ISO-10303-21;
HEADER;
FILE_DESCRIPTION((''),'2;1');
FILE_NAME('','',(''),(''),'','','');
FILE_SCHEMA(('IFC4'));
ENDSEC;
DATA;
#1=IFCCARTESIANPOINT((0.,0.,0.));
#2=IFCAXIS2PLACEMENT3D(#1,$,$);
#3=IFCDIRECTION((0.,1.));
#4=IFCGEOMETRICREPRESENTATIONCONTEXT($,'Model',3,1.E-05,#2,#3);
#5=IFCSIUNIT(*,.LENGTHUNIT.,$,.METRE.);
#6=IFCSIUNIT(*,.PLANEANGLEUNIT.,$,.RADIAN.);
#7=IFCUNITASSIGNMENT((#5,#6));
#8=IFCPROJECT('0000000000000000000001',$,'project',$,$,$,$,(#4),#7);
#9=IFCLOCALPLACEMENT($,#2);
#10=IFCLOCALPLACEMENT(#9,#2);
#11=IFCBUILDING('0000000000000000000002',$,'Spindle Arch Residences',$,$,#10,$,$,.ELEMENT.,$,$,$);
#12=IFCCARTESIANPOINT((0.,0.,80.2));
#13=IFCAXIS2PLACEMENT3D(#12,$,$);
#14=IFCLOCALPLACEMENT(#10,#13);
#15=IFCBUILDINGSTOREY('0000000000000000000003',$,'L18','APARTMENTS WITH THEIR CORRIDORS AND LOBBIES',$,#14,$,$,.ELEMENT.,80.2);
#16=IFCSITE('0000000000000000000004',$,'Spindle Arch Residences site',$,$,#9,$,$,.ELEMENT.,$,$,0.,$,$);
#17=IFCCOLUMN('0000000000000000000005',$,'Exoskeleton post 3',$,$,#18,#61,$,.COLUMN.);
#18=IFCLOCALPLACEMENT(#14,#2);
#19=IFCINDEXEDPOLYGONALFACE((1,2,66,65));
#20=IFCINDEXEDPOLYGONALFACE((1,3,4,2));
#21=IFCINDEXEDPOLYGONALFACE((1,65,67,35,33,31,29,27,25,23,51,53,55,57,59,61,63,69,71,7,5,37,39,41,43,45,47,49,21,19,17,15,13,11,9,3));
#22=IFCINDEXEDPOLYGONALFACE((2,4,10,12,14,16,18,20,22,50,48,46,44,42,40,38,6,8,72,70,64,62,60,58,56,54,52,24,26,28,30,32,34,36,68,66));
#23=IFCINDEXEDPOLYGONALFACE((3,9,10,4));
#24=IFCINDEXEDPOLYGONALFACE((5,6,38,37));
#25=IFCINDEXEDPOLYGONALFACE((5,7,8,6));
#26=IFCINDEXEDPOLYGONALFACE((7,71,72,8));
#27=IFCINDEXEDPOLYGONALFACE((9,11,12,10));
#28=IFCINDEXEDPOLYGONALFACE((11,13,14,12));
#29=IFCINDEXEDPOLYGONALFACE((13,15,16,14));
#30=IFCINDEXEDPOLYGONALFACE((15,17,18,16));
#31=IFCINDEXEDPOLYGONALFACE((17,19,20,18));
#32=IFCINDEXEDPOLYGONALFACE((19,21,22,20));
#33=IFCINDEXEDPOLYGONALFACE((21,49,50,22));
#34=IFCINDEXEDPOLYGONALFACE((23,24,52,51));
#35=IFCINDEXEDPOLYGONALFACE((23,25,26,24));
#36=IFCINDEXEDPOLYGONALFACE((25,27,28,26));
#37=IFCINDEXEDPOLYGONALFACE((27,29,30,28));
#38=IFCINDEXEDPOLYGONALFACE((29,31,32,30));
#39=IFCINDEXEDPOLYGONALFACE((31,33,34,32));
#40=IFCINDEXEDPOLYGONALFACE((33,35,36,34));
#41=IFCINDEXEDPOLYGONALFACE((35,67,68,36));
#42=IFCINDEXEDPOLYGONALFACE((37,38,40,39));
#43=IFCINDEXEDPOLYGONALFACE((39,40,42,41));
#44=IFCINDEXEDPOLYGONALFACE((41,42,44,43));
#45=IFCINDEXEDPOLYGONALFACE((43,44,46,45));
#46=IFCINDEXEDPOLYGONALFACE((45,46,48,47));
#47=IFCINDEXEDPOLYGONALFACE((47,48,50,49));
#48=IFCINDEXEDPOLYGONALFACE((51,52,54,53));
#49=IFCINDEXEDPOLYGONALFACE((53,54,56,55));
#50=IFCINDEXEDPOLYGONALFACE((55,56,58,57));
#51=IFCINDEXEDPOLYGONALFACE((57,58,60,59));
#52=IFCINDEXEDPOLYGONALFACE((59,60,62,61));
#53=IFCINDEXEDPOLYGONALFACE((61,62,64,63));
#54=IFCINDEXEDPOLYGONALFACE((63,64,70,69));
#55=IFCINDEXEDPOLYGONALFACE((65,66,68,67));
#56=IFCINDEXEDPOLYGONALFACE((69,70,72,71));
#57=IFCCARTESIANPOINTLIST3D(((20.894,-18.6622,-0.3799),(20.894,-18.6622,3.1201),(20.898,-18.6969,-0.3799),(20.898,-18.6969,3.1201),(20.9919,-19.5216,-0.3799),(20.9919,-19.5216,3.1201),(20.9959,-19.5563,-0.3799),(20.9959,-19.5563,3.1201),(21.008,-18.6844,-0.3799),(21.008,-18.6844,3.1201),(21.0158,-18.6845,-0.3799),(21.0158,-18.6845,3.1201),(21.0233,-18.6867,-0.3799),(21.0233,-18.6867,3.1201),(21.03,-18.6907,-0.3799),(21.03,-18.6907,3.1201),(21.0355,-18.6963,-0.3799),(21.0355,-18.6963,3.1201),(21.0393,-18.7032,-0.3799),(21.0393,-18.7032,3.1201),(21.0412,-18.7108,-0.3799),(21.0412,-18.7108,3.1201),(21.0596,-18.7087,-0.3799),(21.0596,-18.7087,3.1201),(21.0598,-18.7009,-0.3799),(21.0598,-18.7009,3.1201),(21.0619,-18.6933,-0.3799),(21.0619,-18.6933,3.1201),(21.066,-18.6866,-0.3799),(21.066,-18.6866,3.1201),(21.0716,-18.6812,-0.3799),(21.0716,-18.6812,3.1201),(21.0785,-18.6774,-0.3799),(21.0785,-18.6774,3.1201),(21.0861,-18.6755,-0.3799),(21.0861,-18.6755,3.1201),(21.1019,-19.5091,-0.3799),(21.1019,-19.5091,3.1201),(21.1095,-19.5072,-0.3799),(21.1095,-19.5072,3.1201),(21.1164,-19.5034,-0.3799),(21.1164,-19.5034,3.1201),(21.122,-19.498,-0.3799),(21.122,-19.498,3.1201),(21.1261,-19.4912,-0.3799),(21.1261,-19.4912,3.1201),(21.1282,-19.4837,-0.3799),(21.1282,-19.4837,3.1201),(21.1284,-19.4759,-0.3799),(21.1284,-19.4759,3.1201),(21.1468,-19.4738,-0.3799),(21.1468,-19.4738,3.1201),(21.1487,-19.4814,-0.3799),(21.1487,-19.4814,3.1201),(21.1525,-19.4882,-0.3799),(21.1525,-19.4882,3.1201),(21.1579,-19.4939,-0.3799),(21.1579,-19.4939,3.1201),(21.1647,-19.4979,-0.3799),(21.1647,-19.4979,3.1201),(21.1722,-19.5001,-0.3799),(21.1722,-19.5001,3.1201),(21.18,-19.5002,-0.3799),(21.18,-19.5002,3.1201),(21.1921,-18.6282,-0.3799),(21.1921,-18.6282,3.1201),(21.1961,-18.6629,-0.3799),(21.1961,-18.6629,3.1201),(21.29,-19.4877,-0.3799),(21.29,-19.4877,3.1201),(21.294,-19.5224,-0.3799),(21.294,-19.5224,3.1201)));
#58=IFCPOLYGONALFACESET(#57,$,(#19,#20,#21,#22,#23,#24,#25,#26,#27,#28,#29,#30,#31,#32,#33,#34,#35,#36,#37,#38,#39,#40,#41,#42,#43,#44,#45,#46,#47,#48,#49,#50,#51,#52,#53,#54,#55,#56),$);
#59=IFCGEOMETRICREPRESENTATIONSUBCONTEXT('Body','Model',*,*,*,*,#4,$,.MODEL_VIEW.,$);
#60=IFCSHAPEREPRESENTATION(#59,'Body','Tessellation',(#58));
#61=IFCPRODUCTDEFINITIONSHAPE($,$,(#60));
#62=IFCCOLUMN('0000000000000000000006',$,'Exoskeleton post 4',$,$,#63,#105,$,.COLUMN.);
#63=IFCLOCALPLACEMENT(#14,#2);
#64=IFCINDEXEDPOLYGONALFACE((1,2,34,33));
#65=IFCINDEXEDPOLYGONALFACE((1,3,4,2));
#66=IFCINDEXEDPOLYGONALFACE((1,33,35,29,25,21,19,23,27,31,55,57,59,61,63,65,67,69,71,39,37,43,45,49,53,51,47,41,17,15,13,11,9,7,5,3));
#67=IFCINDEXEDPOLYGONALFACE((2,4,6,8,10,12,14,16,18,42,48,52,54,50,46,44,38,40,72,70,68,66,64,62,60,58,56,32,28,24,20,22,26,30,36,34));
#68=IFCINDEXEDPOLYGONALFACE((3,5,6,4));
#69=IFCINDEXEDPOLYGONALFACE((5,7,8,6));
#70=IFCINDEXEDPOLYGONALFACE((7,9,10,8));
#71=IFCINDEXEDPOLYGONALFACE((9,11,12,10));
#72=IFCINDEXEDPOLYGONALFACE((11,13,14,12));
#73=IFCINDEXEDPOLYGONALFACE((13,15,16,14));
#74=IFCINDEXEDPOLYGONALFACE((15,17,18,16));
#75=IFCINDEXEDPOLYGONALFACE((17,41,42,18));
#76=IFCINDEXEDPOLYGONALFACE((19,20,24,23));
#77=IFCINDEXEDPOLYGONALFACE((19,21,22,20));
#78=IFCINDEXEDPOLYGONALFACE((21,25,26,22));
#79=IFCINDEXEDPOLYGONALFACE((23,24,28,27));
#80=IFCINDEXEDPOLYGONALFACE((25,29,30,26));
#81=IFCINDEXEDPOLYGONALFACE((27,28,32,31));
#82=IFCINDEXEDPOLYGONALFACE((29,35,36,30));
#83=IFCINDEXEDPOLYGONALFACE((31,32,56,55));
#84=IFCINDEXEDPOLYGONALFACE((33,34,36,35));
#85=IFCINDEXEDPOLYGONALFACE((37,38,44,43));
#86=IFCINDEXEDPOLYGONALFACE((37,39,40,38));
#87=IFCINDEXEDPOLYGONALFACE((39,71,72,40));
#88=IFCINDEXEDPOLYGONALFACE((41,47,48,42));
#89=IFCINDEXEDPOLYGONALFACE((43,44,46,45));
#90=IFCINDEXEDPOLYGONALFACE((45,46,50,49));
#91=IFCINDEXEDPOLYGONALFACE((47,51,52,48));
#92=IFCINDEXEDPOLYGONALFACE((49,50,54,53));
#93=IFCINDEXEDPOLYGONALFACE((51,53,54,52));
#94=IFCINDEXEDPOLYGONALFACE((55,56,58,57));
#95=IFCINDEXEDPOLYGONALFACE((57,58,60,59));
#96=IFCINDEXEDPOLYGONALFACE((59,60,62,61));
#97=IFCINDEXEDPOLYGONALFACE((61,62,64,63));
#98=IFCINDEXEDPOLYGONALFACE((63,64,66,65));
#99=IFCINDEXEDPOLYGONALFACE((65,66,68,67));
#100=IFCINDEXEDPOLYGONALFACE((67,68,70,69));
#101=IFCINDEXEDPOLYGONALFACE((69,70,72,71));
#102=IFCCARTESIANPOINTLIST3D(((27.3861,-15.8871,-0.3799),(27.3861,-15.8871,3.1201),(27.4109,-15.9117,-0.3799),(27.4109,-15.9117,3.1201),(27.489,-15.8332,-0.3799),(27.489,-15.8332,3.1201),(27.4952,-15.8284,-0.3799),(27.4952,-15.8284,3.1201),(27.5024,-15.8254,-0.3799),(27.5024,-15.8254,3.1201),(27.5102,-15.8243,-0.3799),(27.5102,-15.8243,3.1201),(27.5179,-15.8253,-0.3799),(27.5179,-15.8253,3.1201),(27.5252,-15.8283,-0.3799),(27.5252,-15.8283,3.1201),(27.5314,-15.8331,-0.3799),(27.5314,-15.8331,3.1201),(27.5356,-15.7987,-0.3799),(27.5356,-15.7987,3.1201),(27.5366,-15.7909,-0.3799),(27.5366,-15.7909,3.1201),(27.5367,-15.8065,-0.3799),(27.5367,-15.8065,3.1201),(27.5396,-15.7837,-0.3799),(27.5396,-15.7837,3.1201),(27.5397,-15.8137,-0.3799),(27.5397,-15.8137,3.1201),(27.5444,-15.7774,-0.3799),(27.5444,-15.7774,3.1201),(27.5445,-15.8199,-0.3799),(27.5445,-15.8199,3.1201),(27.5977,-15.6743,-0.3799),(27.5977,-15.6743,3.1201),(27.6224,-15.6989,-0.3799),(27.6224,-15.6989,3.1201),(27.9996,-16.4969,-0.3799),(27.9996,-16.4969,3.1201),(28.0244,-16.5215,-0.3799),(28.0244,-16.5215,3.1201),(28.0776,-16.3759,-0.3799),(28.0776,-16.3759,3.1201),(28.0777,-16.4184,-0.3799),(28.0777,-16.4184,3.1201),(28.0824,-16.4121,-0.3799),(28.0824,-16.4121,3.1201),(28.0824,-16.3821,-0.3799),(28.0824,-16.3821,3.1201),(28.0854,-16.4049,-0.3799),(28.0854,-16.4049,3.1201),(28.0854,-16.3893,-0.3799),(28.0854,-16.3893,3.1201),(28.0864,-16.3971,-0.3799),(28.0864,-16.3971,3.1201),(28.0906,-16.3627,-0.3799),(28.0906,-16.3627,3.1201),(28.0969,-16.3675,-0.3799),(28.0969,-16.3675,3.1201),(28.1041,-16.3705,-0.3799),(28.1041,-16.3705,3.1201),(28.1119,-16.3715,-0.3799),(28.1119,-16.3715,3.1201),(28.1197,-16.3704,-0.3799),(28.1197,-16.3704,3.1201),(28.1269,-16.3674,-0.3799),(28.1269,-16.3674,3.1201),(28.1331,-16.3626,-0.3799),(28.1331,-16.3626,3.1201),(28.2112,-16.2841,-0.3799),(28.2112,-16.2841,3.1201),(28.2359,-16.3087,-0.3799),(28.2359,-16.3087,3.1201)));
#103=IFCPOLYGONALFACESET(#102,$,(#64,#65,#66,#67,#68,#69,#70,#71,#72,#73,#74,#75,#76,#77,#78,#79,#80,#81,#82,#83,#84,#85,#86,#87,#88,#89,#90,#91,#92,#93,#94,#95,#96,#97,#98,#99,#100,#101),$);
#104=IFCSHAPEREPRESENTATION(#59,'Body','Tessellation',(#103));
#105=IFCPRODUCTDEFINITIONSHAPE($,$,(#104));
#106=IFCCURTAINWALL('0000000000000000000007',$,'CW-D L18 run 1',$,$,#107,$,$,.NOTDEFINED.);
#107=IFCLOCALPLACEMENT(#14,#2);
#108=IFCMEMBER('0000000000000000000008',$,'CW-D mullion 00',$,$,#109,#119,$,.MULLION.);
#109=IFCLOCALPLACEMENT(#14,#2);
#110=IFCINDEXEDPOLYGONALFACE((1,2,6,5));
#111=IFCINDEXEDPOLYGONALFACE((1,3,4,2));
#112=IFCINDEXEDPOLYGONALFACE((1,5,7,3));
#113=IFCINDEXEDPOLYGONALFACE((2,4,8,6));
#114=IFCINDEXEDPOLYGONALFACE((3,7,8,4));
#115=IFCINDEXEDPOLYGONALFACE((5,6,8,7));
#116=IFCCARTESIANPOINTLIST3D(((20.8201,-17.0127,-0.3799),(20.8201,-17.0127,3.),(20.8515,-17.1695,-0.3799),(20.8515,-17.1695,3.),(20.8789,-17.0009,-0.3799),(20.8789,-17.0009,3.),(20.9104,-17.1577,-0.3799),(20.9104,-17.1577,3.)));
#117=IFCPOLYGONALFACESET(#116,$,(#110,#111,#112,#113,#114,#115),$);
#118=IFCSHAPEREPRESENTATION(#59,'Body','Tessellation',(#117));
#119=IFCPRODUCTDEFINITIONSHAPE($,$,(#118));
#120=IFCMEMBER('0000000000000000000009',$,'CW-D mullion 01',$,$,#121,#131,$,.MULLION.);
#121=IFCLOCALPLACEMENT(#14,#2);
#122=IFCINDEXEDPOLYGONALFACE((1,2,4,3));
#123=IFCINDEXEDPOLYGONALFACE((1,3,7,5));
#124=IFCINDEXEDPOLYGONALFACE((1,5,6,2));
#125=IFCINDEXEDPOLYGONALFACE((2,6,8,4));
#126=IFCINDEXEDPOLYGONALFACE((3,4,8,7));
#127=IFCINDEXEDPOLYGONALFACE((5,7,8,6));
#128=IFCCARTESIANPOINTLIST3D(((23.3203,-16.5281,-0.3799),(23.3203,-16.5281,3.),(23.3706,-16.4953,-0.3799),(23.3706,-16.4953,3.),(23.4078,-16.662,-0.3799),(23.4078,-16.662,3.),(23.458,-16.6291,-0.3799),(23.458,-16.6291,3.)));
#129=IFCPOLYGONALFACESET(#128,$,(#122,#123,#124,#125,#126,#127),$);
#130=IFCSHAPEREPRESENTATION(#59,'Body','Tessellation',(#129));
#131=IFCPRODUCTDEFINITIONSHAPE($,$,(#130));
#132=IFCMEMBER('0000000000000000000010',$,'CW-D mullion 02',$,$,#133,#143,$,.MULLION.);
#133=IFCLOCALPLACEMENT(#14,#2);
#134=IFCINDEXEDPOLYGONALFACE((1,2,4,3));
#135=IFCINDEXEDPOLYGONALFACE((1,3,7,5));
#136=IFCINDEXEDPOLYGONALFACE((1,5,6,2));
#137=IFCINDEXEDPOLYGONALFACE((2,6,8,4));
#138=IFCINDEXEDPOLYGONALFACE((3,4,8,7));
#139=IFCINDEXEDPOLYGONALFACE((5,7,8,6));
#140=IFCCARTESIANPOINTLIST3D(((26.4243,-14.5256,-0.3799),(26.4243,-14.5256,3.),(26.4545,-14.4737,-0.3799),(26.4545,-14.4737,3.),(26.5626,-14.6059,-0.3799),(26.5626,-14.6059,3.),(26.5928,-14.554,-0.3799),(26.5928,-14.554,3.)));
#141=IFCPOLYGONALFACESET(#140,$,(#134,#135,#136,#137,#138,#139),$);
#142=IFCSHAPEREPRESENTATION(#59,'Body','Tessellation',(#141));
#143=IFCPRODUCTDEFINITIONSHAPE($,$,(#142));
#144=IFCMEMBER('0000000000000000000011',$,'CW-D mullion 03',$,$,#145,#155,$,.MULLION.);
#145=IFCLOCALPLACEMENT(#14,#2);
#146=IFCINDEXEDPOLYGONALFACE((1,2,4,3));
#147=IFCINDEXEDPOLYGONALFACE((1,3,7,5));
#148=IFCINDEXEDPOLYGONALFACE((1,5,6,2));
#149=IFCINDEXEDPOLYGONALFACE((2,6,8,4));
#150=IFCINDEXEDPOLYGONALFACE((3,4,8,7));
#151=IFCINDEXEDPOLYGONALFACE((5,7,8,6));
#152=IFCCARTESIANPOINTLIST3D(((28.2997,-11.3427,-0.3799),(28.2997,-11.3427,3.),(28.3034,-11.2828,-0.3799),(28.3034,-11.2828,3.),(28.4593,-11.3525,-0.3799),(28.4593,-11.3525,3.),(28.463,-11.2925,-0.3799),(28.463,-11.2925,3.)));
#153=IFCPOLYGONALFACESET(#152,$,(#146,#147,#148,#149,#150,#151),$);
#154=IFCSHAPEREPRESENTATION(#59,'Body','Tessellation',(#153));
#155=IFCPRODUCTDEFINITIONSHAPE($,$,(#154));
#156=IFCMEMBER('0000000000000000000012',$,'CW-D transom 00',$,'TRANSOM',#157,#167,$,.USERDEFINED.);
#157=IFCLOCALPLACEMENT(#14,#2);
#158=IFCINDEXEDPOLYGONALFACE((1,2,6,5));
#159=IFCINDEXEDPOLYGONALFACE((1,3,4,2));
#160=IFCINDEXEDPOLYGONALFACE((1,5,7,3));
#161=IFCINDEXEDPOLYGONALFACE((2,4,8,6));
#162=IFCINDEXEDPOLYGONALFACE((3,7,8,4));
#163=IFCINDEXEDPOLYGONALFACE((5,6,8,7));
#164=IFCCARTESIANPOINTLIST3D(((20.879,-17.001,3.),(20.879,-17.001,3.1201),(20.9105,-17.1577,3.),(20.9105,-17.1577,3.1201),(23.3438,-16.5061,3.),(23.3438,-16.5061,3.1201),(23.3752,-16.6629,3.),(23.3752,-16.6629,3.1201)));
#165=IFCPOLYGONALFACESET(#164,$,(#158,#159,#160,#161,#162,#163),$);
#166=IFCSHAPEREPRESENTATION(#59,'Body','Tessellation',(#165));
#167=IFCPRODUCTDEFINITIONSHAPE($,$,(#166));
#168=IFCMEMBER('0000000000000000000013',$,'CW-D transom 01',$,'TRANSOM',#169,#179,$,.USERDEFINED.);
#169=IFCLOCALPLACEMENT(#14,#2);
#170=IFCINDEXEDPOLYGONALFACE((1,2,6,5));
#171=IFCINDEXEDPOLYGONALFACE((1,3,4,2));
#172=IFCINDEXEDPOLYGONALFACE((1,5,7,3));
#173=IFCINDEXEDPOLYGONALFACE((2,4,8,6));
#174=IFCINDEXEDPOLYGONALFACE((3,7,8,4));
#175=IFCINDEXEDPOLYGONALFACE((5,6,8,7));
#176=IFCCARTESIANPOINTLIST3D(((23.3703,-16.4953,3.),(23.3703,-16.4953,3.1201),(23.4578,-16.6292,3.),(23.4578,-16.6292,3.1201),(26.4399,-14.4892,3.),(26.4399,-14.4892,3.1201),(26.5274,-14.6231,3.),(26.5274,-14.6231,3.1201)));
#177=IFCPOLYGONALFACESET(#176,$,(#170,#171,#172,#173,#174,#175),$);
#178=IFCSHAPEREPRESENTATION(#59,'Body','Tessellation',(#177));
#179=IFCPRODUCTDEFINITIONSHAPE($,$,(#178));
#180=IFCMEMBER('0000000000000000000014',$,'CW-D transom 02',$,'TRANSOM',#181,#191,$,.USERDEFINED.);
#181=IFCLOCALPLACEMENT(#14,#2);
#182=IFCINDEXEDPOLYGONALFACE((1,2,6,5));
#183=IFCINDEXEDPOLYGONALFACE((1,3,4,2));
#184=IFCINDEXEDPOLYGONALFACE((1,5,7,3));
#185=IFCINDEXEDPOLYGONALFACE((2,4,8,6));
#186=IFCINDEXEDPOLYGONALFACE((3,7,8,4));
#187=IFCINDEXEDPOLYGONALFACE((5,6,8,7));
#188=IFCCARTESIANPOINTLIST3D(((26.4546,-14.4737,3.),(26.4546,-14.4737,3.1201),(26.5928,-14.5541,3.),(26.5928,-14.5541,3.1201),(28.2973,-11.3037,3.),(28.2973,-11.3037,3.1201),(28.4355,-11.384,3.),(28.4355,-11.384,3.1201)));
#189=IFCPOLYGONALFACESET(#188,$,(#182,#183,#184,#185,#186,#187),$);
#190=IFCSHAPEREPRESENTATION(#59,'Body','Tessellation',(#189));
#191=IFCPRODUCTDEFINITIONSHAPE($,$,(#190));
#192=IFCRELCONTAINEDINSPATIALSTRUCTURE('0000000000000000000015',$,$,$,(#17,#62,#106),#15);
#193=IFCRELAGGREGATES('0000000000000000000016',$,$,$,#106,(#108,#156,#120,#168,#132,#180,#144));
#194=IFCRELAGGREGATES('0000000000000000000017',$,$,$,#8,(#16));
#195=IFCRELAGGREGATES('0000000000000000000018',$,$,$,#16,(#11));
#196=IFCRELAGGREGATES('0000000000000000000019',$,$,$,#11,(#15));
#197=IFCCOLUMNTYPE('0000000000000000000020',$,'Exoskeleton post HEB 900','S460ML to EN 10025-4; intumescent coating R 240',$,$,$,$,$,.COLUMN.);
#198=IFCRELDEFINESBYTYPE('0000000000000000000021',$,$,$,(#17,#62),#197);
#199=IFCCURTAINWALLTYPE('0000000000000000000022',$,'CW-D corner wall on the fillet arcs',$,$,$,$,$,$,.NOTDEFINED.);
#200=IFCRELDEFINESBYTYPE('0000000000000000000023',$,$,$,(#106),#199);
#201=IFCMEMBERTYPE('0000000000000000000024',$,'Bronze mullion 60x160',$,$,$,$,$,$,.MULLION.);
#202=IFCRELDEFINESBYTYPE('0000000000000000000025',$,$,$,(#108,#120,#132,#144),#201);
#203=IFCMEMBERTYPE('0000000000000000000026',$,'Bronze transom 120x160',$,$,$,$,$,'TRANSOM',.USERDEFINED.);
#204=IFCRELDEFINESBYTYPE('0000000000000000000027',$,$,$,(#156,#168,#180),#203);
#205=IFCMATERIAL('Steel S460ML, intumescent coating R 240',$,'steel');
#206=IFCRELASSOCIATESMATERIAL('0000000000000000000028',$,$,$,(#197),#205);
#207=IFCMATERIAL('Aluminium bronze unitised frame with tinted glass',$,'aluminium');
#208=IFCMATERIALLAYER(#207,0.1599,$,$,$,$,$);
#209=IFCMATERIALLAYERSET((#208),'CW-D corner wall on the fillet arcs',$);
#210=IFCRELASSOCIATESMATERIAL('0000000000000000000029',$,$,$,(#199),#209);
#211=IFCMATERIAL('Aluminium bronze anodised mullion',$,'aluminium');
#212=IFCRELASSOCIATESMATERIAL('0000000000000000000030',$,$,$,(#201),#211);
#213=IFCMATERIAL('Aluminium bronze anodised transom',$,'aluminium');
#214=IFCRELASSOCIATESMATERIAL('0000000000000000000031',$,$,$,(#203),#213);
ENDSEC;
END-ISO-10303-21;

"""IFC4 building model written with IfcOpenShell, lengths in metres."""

from ifc_helpers import new_model, si_unit, direction, frame, origin, origin_2d, place, context, subcontext, project, spatial, rectangle, i_section, extrude, material, layer, layer_set, material_profile, profile_set, type_object, element, aggregate, save


model = new_model("IFC4")

# Units and contexts
model_context = context("Model", 3, precision=1e-05, world=origin(), true_north=direction((0.0, 1.0)))
body_context = subcontext(model_context, "Body", "Model", "MODEL_VIEW")
ifc_project = project(units=[si_unit("LENGTHUNIT", "METRE"), si_unit("PLANEANGLEUNIT", "RADIAN")], contexts=[model_context])

# Site, building, storey
site_placement = place(None, origin())
site = spatial("IfcSite", under=ifc_project, at=site_placement, Name="Spindle Arch Residences site", CompositionType="ELEMENT", RefElevation=0.0)
building_placement = place(site_placement, origin())
building = spatial("IfcBuilding", under=site, at=building_placement, Name="Spindle Arch Residences", CompositionType="ELEMENT")
storey_placement = place(building_placement, frame((0.0, 0.0, 80.2)))
storey = spatial("IfcBuildingStorey", under=building, at=storey_placement, Name="L18", Description="APARTMENTS WITH THEIR CORRIDORS AND LOBBIES", CompositionType="ELEMENT", Elevation=80.2)

# Columns
ifc_material_1 = material(Name="Steel S460ML, intumescent coating R 240", Category="steel")
ifc_material_profile_1 = material_profile(ifc_material_1, i_section(OverallWidth=0.3, OverallDepth=0.8999, WebThickness=0.0186, FlangeThickness=0.0349, FilletRadius=0.03, at=origin_2d()), Name="HEB 900")
ifc_profile_set_1 = profile_set([ifc_material_profile_1], Name="Steel S460ML, intumescent coating R 240")
column_type = type_object("IfcColumnType", Name="Exoskeleton post HEB 900", Description="S460ML to EN 10025-4; intumescent coating R 240", PredefinedType="COLUMN", material=ifc_profile_set_1)
for number, where, z_axis, x_axis, name in (
    (1, (21.094, -19.0923, -0.3799), (0.0, 0.0, 1.0), (-0.993572, -0.113203, 0.0), "Exoskeleton post 3"),
    (2, (27.811, -16.0979, -0.3799), (0.0, 0.0, 1.0), (-0.704963, -0.709244, 0.0), "Exoskeleton post 4"),
):
    element("IfcColumn", number, at=place(storey_placement, frame(where, z_axis=z_axis, x_axis=x_axis)), inside=storey, type_object=column_type, Name=name, PredefinedType="COLUMN", context=body_context, shape_type="SweptSolid", body=[
        extrude(i_section(OverallWidth=0.3, OverallDepth=0.8999, WebThickness=0.0186, FlangeThickness=0.0349, FilletRadius=0.03, at=origin_2d()), origin(), (0.0, 0.0, 1.0), 3.5),
    ])

# Curtain wall, members
ifc_material_2 = material(Name="Aluminium bronze unitised frame with tinted glass", Category="aluminium")
ifc_layer_1 = layer(ifc_material_2, 0.1599)
ifc_layer_set_1 = layer_set([ifc_layer_1], Name="CW-D corner wall on the fillet arcs")
curtain_wall_type_1 = type_object("IfcCurtainWallType", Name="CW-D corner wall on the fillet arcs", PredefinedType="NOTDEFINED", material=ifc_layer_set_1)
curtain_wall_1_placement = place(storey_placement, origin())
curtain_wall_1 = element("IfcCurtainWall", 3, at=curtain_wall_1_placement, inside=storey, type_object=curtain_wall_type_1, Name="CW-D L18 run 1", PredefinedType="NOTDEFINED")
ifc_material_3 = material(Name="Aluminium bronze anodised mullion", Category="aluminium")
ifc_material_profile_2 = material_profile(ifc_material_3, rectangle(XDim=0.1599, YDim=0.0601, at=origin_2d()), Name="MU 60x160")
ifc_profile_set_2 = profile_set([ifc_material_profile_2], Name="Aluminium bronze anodised mullion")
member_type_1 = type_object("IfcMemberType", Name="Bronze mullion 60x160", PredefinedType="MULLION", material=ifc_profile_set_2)
member_1_placement = place(storey_placement, frame((20.8652, -17.0852, -0.3799), z_axis=(0.0, 0.0, 1.0), x_axis=(-0.196863, 0.980431, 0.0)))
member_1 = element("IfcMember", 4, at=member_1_placement, type_object=member_type_1, Name="CW-D mullion 00", PredefinedType="MULLION", context=body_context, shape_type="SweptSolid", body=[
    extrude(rectangle(XDim=0.1599, YDim=0.0601, at=origin_2d()), origin(), (0.0, 0.0, 1.0), 3.3799),
])
member_2_placement = place(storey_placement, frame((23.3892, -16.5786, -0.3799), z_axis=(0.0, 0.0, 1.0), x_axis=(-0.547076, 0.837083, 0.0)))
member_2 = element("IfcMember", 5, at=member_2_placement, type_object=member_type_1, Name="CW-D mullion 01", PredefinedType="MULLION", context=body_context, shape_type="SweptSolid", body=[
    extrude(rectangle(XDim=0.1599, YDim=0.0601, at=origin_2d()), origin(), (0.0, 0.0, 1.0), 3.3799),
])
member_3_placement = place(storey_placement, frame((26.5085, -14.5398, -0.3799), z_axis=(0.0, 0.0, 1.0), x_axis=(-0.864567, 0.502517, 0.0)))
member_3 = element("IfcMember", 6, at=member_3_placement, type_object=member_type_1, Name="CW-D mullion 02", PredefinedType="MULLION", context=body_context, shape_type="SweptSolid", body=[
    extrude(rectangle(XDim=0.1599, YDim=0.0601, at=origin_2d()), origin(), (0.0, 0.0, 1.0), 3.3799),
])
member_4_placement = place(storey_placement, frame((28.3813, -11.3176, -0.3799), z_axis=(0.0, 0.0, 1.0), x_axis=(-0.998135, 0.061049, 0.0)))
member_4 = element("IfcMember", 7, at=member_4_placement, type_object=member_type_1, Name="CW-D mullion 03", PredefinedType="MULLION", context=body_context, shape_type="SweptSolid", body=[
    extrude(rectangle(XDim=0.1599, YDim=0.0601, at=origin_2d()), origin(), (0.0, 0.0, 1.0), 3.3799),
])
ifc_material_4 = material(Name="Aluminium bronze anodised transom", Category="aluminium")
ifc_material_profile_3 = material_profile(ifc_material_4, rectangle(XDim=0.1599, YDim=0.1201, at=origin_2d()), Name="TR 120x160")
ifc_profile_set_3 = profile_set([ifc_material_profile_3], Name="Aluminium bronze anodised transom")
member_type_2 = type_object("IfcMemberType", Name="Bronze transom 120x160", ElementType="TRANSOM", PredefinedType="USERDEFINED", material=ifc_profile_set_3)
member_5_placement = place(storey_placement, frame((20.8948, -17.0793, 3.0601), z_axis=(0.980435, 0.196844, 0.0), x_axis=(-0.196844, 0.980435, 0.0)))
member_5 = element("IfcMember", 8, at=member_5_placement, type_object=member_type_2, Name="CW-D transom 00", ObjectType="TRANSOM", PredefinedType="USERDEFINED", context=body_context, shape_type="SweptSolid", body=[
    extrude(rectangle(XDim=0.1599, YDim=0.1201, at=origin_2d()), origin(), (0.0, 0.0, 1.0), 2.5139),
])
member_6_placement = place(storey_placement, frame((23.4141, -16.5623, 3.0601), z_axis=(0.837086, 0.547072, 0.0), x_axis=(-0.547072, 0.837086, 0.0)))
member_6 = element("IfcMember", 9, at=member_6_placement, type_object=member_type_2, Name="CW-D transom 01", ObjectType="TRANSOM", PredefinedType="USERDEFINED", context=body_context, shape_type="SweptSolid", body=[
    extrude(rectangle(XDim=0.1599, YDim=0.1201, at=origin_2d()), origin(), (0.0, 0.0, 1.0), 3.667),
])
member_7_placement = place(storey_placement, frame((26.5237, -14.5139, 3.0601), z_axis=(0.50255, 0.864548, 0.0), x_axis=(-0.864548, 0.50255, 0.0)))
member_7 = element("IfcMember", 10, at=member_7_placement, type_object=member_type_2, Name="CW-D transom 02", ObjectType="TRANSOM", PredefinedType="USERDEFINED", context=body_context, shape_type="SweptSolid", body=[
    extrude(rectangle(XDim=0.1599, YDim=0.1201, at=origin_2d()), origin(), (0.0, 0.0, 1.0), 3.6667),
])

aggregate(curtain_wall_1, [member_1, member_5, member_2, member_6, member_3, member_7, member_4])

save(model, "model.ifc")
